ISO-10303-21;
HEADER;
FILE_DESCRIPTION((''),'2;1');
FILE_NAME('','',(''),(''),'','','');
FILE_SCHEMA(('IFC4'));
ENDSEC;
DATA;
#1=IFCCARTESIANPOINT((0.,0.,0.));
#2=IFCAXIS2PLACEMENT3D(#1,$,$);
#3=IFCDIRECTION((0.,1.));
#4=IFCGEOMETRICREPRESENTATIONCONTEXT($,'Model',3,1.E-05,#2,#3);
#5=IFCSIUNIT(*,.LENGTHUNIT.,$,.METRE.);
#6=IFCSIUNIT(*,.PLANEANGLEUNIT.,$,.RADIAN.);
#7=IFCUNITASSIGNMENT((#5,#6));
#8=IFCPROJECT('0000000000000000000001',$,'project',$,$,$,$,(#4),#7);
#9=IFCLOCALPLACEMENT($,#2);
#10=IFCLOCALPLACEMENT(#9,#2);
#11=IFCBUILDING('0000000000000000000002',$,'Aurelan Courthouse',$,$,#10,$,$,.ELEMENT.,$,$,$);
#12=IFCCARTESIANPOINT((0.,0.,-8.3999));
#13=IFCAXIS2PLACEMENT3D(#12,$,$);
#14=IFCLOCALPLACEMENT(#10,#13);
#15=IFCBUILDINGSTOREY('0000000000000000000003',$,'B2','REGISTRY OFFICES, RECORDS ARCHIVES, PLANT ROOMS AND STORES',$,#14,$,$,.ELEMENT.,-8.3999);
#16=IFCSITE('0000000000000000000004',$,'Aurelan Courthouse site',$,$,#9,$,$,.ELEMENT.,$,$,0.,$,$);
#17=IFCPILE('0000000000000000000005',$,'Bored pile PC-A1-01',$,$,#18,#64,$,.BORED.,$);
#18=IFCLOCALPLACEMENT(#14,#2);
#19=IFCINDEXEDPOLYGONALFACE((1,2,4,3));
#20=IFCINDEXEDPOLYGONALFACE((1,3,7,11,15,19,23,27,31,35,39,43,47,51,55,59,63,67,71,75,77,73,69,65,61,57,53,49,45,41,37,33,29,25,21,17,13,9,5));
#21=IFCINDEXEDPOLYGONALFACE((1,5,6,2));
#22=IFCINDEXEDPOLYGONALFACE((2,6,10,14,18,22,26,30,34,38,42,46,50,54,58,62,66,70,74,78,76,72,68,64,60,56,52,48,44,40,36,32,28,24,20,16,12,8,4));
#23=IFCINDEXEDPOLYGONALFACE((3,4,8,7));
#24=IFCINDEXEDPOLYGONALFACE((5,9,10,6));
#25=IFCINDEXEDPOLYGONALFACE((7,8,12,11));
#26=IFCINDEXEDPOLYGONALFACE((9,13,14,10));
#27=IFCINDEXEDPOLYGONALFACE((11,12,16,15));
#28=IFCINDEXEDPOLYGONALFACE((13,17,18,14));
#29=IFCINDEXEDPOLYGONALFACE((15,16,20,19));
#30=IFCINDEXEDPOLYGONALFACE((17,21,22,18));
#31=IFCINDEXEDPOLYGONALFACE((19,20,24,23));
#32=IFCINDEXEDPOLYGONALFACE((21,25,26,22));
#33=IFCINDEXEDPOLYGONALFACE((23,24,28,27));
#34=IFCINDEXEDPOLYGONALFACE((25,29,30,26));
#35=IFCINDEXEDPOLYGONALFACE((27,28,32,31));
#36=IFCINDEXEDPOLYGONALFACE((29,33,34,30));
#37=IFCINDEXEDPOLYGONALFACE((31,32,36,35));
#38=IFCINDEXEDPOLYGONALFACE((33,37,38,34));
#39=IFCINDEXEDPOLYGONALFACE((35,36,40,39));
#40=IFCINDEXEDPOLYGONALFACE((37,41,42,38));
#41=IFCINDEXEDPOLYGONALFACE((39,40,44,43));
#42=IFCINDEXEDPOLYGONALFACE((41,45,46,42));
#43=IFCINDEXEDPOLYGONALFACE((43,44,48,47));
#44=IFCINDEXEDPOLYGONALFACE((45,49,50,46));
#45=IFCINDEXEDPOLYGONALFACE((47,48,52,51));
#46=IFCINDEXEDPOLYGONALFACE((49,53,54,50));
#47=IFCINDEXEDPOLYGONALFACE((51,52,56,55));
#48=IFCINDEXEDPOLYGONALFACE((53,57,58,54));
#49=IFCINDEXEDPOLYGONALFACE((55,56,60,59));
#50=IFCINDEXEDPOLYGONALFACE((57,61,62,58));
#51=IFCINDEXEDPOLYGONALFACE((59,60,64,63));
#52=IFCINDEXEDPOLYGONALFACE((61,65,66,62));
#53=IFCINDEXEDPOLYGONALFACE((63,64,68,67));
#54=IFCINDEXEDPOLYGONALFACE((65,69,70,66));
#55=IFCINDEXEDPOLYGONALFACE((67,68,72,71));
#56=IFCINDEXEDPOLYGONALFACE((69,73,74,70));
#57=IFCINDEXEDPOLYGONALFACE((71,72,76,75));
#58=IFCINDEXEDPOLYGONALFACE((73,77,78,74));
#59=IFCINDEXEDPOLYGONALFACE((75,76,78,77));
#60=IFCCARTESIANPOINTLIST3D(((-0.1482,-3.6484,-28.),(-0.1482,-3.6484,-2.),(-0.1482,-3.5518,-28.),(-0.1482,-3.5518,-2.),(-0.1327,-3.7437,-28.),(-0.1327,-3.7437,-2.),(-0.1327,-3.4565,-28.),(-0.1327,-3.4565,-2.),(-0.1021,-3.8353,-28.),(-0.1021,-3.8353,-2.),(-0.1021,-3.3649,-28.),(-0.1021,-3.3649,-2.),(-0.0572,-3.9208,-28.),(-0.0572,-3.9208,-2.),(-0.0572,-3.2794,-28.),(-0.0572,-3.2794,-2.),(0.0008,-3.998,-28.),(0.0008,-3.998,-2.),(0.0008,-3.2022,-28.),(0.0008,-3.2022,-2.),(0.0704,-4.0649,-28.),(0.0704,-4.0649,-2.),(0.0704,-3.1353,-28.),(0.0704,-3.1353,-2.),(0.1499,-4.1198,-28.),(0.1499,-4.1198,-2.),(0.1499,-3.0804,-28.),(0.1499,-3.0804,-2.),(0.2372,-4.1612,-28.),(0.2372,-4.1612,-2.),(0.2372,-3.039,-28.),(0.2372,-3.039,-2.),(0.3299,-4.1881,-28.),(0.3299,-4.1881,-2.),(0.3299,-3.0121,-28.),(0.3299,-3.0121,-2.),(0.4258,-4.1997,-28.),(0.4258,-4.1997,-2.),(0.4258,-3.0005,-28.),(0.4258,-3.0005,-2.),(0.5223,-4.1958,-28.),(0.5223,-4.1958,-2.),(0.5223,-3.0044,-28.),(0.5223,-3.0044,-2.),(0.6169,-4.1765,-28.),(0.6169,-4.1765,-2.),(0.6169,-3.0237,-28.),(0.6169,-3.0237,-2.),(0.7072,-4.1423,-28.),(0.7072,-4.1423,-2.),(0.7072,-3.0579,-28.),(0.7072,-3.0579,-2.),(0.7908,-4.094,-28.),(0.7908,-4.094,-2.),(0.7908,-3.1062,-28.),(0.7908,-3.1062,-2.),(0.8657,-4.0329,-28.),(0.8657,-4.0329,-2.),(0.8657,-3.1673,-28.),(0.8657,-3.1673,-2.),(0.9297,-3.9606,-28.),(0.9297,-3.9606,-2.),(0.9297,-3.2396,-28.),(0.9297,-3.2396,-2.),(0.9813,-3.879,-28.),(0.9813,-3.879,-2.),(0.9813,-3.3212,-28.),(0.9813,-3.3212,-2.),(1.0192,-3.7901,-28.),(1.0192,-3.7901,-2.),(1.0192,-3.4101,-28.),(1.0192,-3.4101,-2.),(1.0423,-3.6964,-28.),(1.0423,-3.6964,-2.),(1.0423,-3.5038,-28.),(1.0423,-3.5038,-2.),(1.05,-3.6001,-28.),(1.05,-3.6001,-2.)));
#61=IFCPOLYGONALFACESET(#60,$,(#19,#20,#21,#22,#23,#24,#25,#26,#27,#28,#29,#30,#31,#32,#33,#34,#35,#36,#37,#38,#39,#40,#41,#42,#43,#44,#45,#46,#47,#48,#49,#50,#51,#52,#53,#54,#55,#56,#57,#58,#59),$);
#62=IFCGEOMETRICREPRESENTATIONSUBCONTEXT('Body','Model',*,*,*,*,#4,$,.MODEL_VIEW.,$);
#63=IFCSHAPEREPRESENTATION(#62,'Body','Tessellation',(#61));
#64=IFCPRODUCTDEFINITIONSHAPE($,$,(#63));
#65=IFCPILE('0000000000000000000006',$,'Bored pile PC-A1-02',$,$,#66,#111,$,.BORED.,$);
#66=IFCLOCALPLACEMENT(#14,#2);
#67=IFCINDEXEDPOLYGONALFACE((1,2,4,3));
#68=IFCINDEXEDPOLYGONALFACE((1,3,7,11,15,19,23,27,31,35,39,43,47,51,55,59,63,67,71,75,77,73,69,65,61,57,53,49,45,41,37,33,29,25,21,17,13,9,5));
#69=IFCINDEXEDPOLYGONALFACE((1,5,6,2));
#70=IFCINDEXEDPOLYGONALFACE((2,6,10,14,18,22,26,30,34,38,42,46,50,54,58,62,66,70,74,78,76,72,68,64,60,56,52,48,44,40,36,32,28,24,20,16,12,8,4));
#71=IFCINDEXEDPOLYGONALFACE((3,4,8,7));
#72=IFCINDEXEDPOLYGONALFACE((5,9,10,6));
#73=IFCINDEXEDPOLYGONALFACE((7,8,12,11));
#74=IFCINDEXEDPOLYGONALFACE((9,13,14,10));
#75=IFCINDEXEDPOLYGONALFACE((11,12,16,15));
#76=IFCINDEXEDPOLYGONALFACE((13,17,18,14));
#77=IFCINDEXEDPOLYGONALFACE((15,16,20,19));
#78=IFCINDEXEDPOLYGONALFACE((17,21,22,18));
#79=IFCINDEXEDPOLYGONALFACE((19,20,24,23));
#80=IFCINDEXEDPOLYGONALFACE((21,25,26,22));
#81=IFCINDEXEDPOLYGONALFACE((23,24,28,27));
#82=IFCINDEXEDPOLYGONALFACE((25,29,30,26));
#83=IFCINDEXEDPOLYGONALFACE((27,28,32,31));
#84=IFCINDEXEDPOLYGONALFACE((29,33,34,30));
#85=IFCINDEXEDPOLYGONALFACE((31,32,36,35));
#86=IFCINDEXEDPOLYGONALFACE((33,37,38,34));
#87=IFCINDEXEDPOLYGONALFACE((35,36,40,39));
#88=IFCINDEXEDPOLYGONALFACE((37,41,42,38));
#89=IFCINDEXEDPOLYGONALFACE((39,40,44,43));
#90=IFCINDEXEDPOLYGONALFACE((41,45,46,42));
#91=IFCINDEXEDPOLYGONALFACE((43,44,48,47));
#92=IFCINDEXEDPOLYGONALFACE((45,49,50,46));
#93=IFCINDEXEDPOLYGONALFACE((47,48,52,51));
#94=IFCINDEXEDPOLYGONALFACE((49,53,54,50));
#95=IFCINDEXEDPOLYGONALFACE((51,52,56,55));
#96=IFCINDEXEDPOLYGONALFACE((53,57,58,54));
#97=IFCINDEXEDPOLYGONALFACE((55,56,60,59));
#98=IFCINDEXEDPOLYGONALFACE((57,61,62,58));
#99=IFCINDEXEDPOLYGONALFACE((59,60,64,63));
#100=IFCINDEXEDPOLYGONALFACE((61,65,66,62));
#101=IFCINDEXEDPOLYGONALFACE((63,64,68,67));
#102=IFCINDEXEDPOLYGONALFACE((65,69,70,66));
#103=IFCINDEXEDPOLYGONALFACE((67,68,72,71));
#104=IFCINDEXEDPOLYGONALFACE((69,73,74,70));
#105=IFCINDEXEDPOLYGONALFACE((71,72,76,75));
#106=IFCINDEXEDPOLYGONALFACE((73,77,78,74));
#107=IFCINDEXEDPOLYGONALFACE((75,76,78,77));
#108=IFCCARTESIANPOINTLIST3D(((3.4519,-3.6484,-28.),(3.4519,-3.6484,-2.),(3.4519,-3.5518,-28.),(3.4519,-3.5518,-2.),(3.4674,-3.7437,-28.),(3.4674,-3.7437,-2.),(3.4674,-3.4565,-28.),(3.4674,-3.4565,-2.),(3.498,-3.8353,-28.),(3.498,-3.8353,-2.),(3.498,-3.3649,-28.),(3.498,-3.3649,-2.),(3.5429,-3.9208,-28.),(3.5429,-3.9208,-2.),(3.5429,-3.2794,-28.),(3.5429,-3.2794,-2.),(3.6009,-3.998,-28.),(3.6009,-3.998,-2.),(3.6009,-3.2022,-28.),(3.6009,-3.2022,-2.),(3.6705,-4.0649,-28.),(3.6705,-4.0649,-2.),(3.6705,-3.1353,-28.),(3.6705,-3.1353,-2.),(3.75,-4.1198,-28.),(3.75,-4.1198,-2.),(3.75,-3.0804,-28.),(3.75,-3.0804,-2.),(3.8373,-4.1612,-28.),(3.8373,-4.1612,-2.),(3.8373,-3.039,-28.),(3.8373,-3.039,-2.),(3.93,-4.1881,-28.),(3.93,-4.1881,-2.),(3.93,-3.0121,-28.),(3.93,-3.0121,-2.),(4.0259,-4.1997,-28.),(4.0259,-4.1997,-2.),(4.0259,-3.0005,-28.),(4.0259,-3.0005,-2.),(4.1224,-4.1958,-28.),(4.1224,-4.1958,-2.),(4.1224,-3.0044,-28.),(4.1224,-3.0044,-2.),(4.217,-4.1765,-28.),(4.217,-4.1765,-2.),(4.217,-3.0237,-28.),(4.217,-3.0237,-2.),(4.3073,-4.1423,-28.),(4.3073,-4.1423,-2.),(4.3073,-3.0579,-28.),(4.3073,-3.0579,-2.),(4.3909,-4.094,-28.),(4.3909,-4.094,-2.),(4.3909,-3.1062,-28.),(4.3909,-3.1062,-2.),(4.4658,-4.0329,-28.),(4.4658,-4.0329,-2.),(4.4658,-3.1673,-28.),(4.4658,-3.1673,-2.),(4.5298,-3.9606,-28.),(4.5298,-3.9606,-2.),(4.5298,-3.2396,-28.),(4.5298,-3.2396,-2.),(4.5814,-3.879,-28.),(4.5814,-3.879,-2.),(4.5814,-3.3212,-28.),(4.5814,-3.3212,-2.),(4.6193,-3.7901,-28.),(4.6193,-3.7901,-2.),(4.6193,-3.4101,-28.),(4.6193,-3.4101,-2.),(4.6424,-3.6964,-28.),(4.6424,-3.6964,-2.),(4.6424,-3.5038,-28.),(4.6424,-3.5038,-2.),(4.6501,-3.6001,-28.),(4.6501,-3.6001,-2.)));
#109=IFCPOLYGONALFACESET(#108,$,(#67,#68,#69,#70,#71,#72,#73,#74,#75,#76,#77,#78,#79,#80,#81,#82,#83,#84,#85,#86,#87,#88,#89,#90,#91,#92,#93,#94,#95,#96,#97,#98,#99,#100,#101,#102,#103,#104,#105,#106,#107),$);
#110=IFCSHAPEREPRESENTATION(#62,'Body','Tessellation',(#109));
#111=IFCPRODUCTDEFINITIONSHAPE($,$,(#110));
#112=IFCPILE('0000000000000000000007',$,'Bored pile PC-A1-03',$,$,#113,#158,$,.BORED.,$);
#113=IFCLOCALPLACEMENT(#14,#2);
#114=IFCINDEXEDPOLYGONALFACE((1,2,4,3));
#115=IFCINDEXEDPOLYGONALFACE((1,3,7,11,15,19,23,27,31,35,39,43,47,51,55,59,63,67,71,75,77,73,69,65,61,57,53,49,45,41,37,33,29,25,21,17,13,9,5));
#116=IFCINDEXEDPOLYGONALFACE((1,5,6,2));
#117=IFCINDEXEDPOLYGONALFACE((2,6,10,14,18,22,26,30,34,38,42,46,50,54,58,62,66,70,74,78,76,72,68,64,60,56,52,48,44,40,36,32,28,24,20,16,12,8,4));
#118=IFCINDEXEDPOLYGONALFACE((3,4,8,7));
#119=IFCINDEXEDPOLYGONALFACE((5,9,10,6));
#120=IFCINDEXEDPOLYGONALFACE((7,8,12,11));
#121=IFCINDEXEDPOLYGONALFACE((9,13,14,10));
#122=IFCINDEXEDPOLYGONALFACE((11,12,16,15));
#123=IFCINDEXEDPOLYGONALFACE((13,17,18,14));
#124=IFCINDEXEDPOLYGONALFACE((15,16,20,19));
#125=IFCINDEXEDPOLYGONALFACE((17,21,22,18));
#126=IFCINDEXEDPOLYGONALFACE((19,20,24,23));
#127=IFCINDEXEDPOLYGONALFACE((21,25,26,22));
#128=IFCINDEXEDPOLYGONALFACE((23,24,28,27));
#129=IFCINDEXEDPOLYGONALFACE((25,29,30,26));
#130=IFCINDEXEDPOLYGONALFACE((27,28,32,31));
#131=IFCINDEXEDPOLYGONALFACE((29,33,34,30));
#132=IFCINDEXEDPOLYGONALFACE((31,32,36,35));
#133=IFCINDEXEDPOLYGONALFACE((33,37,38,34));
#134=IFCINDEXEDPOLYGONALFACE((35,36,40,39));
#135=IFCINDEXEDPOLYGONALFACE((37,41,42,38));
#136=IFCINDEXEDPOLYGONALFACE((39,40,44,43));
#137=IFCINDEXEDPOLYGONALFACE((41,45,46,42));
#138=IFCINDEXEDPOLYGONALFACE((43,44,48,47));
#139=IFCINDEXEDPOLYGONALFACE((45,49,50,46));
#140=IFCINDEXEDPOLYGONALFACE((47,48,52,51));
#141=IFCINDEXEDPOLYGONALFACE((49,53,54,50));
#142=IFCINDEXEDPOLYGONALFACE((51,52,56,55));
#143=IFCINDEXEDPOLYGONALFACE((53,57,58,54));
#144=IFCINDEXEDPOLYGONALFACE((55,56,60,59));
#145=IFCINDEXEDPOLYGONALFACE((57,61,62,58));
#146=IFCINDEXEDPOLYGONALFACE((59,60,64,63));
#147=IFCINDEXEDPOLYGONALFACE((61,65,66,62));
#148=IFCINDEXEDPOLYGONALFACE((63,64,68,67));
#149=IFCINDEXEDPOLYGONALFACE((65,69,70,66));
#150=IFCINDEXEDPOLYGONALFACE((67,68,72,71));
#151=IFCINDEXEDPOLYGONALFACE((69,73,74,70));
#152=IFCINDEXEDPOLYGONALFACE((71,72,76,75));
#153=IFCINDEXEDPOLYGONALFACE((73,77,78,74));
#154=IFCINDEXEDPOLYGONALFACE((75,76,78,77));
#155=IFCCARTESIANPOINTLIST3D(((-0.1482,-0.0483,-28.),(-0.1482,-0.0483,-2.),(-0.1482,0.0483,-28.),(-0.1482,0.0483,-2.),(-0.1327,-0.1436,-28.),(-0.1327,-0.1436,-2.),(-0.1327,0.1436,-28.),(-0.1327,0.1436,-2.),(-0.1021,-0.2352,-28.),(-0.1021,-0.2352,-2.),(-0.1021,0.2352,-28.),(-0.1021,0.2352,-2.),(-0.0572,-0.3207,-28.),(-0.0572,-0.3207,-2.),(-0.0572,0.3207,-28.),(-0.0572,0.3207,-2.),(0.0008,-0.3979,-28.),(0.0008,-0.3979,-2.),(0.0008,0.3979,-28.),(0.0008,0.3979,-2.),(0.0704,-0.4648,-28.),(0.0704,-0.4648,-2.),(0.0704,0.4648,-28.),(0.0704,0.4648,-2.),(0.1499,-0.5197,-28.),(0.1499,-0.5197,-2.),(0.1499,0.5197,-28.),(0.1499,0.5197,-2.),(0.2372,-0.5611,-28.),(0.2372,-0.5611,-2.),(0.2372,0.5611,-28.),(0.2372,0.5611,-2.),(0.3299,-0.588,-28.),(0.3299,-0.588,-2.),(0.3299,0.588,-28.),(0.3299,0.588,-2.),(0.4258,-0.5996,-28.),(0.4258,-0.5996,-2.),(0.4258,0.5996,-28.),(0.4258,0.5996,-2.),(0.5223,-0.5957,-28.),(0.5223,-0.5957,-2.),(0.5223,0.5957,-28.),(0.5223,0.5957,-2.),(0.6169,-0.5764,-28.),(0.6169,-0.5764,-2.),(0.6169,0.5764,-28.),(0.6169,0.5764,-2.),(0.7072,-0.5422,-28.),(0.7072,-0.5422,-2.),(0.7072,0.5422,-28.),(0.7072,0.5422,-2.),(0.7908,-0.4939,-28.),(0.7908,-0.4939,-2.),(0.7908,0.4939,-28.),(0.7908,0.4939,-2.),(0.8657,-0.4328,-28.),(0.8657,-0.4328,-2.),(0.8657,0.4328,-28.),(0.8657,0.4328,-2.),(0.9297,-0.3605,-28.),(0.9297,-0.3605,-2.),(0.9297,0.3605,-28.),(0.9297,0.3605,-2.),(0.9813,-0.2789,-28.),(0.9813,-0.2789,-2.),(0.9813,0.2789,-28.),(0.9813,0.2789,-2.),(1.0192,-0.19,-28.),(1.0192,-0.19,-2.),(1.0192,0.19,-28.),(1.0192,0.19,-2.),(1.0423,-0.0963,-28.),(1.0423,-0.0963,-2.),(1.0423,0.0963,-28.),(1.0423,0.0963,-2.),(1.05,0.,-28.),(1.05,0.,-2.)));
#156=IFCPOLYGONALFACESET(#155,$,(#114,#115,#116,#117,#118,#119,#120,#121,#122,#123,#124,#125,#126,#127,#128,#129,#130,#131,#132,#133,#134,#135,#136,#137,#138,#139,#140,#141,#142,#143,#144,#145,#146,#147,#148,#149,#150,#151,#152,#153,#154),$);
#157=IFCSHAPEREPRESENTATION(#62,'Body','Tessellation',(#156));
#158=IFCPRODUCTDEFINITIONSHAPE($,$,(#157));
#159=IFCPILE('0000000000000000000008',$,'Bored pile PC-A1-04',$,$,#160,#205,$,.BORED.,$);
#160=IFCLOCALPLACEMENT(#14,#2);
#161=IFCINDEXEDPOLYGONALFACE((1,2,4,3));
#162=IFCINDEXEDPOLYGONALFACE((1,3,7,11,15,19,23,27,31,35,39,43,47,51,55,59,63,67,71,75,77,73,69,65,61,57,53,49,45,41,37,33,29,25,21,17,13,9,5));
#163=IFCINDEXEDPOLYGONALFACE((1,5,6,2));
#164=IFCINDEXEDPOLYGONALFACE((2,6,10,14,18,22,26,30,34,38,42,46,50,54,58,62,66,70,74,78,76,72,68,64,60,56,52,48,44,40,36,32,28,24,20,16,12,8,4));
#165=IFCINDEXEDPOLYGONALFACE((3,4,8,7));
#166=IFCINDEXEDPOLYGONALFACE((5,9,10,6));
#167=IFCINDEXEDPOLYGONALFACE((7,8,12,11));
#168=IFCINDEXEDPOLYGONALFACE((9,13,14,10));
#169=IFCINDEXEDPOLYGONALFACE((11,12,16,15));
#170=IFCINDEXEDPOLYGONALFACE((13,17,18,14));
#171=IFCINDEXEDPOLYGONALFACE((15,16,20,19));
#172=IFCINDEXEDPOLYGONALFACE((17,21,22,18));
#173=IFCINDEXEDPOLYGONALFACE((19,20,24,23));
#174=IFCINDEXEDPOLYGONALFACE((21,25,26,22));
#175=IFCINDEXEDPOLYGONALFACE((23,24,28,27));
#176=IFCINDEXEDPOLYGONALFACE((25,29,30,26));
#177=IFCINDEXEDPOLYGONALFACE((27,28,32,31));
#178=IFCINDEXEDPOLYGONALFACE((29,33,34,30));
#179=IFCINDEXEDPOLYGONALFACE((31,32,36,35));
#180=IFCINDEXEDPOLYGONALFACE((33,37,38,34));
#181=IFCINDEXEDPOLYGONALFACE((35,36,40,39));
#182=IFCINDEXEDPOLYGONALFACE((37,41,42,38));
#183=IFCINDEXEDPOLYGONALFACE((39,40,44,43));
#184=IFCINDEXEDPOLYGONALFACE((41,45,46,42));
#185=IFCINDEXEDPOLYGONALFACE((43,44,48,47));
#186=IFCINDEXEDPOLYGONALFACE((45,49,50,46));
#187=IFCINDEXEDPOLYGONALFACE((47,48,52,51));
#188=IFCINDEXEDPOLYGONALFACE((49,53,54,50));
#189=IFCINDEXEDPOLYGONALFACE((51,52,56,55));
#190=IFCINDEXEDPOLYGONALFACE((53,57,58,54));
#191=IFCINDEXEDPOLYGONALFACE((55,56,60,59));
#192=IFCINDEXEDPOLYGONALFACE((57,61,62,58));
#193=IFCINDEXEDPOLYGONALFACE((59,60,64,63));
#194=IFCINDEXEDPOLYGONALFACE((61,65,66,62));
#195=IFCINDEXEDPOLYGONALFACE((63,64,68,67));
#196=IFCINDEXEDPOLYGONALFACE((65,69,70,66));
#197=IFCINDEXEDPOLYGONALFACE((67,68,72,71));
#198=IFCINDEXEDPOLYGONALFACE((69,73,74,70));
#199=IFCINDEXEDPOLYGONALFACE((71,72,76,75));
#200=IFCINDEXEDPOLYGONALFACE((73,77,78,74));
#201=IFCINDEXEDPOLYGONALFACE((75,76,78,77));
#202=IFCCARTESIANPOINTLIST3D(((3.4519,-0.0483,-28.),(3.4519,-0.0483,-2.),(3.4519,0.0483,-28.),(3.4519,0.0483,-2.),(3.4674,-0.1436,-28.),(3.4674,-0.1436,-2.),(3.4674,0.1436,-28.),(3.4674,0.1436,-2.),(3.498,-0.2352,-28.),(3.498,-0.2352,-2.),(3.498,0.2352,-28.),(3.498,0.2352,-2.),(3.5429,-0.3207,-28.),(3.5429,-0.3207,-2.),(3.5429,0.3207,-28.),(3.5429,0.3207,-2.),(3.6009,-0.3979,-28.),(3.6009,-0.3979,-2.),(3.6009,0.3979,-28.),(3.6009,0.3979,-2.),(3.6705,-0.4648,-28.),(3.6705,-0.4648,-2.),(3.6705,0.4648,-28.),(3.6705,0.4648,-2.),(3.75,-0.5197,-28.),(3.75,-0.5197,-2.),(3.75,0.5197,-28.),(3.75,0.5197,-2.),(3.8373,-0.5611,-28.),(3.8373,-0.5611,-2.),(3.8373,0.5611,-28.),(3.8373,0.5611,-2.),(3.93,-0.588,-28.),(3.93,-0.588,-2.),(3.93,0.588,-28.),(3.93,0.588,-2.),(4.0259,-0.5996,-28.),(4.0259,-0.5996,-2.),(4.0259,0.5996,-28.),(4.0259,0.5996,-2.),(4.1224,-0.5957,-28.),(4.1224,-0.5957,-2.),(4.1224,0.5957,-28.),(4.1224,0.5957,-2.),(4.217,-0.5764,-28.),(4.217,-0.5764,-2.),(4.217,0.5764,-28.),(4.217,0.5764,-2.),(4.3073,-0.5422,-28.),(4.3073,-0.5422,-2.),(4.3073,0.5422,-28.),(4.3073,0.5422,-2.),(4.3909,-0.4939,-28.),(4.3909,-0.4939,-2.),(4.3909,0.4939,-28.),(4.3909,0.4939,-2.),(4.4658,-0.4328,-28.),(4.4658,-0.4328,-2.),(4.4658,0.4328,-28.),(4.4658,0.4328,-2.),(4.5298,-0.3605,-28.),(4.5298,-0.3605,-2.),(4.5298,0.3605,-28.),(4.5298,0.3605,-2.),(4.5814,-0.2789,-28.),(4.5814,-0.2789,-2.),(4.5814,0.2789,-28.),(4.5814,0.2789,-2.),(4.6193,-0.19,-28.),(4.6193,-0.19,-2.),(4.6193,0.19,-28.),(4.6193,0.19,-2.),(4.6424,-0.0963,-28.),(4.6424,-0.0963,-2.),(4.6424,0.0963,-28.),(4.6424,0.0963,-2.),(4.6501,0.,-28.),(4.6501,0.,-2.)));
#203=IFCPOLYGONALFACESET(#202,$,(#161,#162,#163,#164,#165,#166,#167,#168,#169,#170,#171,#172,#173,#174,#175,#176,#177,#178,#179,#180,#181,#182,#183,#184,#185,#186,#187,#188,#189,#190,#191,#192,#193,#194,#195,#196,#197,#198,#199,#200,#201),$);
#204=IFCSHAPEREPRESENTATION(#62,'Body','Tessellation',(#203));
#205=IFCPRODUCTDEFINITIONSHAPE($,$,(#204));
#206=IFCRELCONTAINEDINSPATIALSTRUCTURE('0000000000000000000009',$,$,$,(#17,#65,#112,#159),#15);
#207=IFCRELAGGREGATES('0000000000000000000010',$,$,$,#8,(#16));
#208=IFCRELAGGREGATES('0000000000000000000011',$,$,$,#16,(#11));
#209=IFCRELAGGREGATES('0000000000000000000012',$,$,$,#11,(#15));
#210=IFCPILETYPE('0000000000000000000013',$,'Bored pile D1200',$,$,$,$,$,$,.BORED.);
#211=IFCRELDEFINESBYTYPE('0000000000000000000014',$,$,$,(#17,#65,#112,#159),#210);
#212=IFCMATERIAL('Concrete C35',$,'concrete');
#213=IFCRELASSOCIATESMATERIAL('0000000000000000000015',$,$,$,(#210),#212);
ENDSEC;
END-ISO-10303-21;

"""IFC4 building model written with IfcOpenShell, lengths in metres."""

from ifc_helpers import new_model, si_unit, direction, frame, origin, origin_2d, place, context, subcontext, project, spatial, circle, extrude, material, material_profile, profile_set, type_object, element, save


model = new_model("IFC4")

# Units and contexts
model_context = context("Model", 3, precision=1e-05, world=origin(), true_north=direction((0.0, 1.0)))
body_context = subcontext(model_context, "Body", "Model", "MODEL_VIEW")
ifc_project = project(units=[si_unit("LENGTHUNIT", "METRE"), si_unit("PLANEANGLEUNIT", "RADIAN")], contexts=[model_context])

# Site, building, storey
site_placement = place(None, origin())
site = spatial("IfcSite", under=ifc_project, at=site_placement, Name="Aurelan Courthouse site", CompositionType="ELEMENT", RefElevation=0.0)
building_placement = place(site_placement, origin())
building = spatial("IfcBuilding", under=site, at=building_placement, Name="Aurelan Courthouse", CompositionType="ELEMENT")
storey_placement = place(building_placement, frame((0.0, 0.0, -8.3999)))
storey = spatial("IfcBuildingStorey", under=building, at=storey_placement, Name="B2", Description="REGISTRY OFFICES, RECORDS ARCHIVES, PLANT ROOMS AND STORES", CompositionType="ELEMENT", Elevation=-8.3999)

# Piles
ifc_material_1 = material(Name="Concrete C35", Category="concrete")
ifc_material_profile_1 = material_profile(ifc_material_1, circle(Radius=0.6001, at=origin_2d()), Name="D1200")
ifc_profile_set_1 = profile_set([ifc_material_profile_1], Name="Concrete C35")
pile_type = type_object("IfcPileType", Name="Bored pile D1200", PredefinedType="BORED", material=ifc_profile_set_1)
for number, where, z_axis, x_axis, name in (
    (1, (0.45, -3.6001, -2.0), (0.0, 0.0, -1.0), (1.0, 0.0, 0.0), "Bored pile PC-A1-01"),
    (2, (4.05, -3.6001, -2.0), (0.0, 0.0, -1.0), (1.0, 0.0, 0.0), "Bored pile PC-A1-02"),
    (3, (0.45, 0.0, -2.0), (0.0, 0.0, -1.0), (1.0, 0.0, 0.0), "Bored pile PC-A1-03"),
    (4, (4.05, 0.0, -2.0), (0.0, 0.0, -1.0), (1.0, 0.0, 0.0), "Bored pile PC-A1-04"),
):
    element("IfcPile", number, at=place(storey_placement, frame(where, z_axis=z_axis, x_axis=x_axis)), inside=storey, type_object=pile_type, Name=name, PredefinedType="BORED", context=body_context, shape_type="SweptSolid", body=[
        extrude(circle(Radius=0.6001, at=origin_2d()), origin(), (0.0, 0.0, 1.0), 26.0),
    ])

save(model, "model.ifc")
